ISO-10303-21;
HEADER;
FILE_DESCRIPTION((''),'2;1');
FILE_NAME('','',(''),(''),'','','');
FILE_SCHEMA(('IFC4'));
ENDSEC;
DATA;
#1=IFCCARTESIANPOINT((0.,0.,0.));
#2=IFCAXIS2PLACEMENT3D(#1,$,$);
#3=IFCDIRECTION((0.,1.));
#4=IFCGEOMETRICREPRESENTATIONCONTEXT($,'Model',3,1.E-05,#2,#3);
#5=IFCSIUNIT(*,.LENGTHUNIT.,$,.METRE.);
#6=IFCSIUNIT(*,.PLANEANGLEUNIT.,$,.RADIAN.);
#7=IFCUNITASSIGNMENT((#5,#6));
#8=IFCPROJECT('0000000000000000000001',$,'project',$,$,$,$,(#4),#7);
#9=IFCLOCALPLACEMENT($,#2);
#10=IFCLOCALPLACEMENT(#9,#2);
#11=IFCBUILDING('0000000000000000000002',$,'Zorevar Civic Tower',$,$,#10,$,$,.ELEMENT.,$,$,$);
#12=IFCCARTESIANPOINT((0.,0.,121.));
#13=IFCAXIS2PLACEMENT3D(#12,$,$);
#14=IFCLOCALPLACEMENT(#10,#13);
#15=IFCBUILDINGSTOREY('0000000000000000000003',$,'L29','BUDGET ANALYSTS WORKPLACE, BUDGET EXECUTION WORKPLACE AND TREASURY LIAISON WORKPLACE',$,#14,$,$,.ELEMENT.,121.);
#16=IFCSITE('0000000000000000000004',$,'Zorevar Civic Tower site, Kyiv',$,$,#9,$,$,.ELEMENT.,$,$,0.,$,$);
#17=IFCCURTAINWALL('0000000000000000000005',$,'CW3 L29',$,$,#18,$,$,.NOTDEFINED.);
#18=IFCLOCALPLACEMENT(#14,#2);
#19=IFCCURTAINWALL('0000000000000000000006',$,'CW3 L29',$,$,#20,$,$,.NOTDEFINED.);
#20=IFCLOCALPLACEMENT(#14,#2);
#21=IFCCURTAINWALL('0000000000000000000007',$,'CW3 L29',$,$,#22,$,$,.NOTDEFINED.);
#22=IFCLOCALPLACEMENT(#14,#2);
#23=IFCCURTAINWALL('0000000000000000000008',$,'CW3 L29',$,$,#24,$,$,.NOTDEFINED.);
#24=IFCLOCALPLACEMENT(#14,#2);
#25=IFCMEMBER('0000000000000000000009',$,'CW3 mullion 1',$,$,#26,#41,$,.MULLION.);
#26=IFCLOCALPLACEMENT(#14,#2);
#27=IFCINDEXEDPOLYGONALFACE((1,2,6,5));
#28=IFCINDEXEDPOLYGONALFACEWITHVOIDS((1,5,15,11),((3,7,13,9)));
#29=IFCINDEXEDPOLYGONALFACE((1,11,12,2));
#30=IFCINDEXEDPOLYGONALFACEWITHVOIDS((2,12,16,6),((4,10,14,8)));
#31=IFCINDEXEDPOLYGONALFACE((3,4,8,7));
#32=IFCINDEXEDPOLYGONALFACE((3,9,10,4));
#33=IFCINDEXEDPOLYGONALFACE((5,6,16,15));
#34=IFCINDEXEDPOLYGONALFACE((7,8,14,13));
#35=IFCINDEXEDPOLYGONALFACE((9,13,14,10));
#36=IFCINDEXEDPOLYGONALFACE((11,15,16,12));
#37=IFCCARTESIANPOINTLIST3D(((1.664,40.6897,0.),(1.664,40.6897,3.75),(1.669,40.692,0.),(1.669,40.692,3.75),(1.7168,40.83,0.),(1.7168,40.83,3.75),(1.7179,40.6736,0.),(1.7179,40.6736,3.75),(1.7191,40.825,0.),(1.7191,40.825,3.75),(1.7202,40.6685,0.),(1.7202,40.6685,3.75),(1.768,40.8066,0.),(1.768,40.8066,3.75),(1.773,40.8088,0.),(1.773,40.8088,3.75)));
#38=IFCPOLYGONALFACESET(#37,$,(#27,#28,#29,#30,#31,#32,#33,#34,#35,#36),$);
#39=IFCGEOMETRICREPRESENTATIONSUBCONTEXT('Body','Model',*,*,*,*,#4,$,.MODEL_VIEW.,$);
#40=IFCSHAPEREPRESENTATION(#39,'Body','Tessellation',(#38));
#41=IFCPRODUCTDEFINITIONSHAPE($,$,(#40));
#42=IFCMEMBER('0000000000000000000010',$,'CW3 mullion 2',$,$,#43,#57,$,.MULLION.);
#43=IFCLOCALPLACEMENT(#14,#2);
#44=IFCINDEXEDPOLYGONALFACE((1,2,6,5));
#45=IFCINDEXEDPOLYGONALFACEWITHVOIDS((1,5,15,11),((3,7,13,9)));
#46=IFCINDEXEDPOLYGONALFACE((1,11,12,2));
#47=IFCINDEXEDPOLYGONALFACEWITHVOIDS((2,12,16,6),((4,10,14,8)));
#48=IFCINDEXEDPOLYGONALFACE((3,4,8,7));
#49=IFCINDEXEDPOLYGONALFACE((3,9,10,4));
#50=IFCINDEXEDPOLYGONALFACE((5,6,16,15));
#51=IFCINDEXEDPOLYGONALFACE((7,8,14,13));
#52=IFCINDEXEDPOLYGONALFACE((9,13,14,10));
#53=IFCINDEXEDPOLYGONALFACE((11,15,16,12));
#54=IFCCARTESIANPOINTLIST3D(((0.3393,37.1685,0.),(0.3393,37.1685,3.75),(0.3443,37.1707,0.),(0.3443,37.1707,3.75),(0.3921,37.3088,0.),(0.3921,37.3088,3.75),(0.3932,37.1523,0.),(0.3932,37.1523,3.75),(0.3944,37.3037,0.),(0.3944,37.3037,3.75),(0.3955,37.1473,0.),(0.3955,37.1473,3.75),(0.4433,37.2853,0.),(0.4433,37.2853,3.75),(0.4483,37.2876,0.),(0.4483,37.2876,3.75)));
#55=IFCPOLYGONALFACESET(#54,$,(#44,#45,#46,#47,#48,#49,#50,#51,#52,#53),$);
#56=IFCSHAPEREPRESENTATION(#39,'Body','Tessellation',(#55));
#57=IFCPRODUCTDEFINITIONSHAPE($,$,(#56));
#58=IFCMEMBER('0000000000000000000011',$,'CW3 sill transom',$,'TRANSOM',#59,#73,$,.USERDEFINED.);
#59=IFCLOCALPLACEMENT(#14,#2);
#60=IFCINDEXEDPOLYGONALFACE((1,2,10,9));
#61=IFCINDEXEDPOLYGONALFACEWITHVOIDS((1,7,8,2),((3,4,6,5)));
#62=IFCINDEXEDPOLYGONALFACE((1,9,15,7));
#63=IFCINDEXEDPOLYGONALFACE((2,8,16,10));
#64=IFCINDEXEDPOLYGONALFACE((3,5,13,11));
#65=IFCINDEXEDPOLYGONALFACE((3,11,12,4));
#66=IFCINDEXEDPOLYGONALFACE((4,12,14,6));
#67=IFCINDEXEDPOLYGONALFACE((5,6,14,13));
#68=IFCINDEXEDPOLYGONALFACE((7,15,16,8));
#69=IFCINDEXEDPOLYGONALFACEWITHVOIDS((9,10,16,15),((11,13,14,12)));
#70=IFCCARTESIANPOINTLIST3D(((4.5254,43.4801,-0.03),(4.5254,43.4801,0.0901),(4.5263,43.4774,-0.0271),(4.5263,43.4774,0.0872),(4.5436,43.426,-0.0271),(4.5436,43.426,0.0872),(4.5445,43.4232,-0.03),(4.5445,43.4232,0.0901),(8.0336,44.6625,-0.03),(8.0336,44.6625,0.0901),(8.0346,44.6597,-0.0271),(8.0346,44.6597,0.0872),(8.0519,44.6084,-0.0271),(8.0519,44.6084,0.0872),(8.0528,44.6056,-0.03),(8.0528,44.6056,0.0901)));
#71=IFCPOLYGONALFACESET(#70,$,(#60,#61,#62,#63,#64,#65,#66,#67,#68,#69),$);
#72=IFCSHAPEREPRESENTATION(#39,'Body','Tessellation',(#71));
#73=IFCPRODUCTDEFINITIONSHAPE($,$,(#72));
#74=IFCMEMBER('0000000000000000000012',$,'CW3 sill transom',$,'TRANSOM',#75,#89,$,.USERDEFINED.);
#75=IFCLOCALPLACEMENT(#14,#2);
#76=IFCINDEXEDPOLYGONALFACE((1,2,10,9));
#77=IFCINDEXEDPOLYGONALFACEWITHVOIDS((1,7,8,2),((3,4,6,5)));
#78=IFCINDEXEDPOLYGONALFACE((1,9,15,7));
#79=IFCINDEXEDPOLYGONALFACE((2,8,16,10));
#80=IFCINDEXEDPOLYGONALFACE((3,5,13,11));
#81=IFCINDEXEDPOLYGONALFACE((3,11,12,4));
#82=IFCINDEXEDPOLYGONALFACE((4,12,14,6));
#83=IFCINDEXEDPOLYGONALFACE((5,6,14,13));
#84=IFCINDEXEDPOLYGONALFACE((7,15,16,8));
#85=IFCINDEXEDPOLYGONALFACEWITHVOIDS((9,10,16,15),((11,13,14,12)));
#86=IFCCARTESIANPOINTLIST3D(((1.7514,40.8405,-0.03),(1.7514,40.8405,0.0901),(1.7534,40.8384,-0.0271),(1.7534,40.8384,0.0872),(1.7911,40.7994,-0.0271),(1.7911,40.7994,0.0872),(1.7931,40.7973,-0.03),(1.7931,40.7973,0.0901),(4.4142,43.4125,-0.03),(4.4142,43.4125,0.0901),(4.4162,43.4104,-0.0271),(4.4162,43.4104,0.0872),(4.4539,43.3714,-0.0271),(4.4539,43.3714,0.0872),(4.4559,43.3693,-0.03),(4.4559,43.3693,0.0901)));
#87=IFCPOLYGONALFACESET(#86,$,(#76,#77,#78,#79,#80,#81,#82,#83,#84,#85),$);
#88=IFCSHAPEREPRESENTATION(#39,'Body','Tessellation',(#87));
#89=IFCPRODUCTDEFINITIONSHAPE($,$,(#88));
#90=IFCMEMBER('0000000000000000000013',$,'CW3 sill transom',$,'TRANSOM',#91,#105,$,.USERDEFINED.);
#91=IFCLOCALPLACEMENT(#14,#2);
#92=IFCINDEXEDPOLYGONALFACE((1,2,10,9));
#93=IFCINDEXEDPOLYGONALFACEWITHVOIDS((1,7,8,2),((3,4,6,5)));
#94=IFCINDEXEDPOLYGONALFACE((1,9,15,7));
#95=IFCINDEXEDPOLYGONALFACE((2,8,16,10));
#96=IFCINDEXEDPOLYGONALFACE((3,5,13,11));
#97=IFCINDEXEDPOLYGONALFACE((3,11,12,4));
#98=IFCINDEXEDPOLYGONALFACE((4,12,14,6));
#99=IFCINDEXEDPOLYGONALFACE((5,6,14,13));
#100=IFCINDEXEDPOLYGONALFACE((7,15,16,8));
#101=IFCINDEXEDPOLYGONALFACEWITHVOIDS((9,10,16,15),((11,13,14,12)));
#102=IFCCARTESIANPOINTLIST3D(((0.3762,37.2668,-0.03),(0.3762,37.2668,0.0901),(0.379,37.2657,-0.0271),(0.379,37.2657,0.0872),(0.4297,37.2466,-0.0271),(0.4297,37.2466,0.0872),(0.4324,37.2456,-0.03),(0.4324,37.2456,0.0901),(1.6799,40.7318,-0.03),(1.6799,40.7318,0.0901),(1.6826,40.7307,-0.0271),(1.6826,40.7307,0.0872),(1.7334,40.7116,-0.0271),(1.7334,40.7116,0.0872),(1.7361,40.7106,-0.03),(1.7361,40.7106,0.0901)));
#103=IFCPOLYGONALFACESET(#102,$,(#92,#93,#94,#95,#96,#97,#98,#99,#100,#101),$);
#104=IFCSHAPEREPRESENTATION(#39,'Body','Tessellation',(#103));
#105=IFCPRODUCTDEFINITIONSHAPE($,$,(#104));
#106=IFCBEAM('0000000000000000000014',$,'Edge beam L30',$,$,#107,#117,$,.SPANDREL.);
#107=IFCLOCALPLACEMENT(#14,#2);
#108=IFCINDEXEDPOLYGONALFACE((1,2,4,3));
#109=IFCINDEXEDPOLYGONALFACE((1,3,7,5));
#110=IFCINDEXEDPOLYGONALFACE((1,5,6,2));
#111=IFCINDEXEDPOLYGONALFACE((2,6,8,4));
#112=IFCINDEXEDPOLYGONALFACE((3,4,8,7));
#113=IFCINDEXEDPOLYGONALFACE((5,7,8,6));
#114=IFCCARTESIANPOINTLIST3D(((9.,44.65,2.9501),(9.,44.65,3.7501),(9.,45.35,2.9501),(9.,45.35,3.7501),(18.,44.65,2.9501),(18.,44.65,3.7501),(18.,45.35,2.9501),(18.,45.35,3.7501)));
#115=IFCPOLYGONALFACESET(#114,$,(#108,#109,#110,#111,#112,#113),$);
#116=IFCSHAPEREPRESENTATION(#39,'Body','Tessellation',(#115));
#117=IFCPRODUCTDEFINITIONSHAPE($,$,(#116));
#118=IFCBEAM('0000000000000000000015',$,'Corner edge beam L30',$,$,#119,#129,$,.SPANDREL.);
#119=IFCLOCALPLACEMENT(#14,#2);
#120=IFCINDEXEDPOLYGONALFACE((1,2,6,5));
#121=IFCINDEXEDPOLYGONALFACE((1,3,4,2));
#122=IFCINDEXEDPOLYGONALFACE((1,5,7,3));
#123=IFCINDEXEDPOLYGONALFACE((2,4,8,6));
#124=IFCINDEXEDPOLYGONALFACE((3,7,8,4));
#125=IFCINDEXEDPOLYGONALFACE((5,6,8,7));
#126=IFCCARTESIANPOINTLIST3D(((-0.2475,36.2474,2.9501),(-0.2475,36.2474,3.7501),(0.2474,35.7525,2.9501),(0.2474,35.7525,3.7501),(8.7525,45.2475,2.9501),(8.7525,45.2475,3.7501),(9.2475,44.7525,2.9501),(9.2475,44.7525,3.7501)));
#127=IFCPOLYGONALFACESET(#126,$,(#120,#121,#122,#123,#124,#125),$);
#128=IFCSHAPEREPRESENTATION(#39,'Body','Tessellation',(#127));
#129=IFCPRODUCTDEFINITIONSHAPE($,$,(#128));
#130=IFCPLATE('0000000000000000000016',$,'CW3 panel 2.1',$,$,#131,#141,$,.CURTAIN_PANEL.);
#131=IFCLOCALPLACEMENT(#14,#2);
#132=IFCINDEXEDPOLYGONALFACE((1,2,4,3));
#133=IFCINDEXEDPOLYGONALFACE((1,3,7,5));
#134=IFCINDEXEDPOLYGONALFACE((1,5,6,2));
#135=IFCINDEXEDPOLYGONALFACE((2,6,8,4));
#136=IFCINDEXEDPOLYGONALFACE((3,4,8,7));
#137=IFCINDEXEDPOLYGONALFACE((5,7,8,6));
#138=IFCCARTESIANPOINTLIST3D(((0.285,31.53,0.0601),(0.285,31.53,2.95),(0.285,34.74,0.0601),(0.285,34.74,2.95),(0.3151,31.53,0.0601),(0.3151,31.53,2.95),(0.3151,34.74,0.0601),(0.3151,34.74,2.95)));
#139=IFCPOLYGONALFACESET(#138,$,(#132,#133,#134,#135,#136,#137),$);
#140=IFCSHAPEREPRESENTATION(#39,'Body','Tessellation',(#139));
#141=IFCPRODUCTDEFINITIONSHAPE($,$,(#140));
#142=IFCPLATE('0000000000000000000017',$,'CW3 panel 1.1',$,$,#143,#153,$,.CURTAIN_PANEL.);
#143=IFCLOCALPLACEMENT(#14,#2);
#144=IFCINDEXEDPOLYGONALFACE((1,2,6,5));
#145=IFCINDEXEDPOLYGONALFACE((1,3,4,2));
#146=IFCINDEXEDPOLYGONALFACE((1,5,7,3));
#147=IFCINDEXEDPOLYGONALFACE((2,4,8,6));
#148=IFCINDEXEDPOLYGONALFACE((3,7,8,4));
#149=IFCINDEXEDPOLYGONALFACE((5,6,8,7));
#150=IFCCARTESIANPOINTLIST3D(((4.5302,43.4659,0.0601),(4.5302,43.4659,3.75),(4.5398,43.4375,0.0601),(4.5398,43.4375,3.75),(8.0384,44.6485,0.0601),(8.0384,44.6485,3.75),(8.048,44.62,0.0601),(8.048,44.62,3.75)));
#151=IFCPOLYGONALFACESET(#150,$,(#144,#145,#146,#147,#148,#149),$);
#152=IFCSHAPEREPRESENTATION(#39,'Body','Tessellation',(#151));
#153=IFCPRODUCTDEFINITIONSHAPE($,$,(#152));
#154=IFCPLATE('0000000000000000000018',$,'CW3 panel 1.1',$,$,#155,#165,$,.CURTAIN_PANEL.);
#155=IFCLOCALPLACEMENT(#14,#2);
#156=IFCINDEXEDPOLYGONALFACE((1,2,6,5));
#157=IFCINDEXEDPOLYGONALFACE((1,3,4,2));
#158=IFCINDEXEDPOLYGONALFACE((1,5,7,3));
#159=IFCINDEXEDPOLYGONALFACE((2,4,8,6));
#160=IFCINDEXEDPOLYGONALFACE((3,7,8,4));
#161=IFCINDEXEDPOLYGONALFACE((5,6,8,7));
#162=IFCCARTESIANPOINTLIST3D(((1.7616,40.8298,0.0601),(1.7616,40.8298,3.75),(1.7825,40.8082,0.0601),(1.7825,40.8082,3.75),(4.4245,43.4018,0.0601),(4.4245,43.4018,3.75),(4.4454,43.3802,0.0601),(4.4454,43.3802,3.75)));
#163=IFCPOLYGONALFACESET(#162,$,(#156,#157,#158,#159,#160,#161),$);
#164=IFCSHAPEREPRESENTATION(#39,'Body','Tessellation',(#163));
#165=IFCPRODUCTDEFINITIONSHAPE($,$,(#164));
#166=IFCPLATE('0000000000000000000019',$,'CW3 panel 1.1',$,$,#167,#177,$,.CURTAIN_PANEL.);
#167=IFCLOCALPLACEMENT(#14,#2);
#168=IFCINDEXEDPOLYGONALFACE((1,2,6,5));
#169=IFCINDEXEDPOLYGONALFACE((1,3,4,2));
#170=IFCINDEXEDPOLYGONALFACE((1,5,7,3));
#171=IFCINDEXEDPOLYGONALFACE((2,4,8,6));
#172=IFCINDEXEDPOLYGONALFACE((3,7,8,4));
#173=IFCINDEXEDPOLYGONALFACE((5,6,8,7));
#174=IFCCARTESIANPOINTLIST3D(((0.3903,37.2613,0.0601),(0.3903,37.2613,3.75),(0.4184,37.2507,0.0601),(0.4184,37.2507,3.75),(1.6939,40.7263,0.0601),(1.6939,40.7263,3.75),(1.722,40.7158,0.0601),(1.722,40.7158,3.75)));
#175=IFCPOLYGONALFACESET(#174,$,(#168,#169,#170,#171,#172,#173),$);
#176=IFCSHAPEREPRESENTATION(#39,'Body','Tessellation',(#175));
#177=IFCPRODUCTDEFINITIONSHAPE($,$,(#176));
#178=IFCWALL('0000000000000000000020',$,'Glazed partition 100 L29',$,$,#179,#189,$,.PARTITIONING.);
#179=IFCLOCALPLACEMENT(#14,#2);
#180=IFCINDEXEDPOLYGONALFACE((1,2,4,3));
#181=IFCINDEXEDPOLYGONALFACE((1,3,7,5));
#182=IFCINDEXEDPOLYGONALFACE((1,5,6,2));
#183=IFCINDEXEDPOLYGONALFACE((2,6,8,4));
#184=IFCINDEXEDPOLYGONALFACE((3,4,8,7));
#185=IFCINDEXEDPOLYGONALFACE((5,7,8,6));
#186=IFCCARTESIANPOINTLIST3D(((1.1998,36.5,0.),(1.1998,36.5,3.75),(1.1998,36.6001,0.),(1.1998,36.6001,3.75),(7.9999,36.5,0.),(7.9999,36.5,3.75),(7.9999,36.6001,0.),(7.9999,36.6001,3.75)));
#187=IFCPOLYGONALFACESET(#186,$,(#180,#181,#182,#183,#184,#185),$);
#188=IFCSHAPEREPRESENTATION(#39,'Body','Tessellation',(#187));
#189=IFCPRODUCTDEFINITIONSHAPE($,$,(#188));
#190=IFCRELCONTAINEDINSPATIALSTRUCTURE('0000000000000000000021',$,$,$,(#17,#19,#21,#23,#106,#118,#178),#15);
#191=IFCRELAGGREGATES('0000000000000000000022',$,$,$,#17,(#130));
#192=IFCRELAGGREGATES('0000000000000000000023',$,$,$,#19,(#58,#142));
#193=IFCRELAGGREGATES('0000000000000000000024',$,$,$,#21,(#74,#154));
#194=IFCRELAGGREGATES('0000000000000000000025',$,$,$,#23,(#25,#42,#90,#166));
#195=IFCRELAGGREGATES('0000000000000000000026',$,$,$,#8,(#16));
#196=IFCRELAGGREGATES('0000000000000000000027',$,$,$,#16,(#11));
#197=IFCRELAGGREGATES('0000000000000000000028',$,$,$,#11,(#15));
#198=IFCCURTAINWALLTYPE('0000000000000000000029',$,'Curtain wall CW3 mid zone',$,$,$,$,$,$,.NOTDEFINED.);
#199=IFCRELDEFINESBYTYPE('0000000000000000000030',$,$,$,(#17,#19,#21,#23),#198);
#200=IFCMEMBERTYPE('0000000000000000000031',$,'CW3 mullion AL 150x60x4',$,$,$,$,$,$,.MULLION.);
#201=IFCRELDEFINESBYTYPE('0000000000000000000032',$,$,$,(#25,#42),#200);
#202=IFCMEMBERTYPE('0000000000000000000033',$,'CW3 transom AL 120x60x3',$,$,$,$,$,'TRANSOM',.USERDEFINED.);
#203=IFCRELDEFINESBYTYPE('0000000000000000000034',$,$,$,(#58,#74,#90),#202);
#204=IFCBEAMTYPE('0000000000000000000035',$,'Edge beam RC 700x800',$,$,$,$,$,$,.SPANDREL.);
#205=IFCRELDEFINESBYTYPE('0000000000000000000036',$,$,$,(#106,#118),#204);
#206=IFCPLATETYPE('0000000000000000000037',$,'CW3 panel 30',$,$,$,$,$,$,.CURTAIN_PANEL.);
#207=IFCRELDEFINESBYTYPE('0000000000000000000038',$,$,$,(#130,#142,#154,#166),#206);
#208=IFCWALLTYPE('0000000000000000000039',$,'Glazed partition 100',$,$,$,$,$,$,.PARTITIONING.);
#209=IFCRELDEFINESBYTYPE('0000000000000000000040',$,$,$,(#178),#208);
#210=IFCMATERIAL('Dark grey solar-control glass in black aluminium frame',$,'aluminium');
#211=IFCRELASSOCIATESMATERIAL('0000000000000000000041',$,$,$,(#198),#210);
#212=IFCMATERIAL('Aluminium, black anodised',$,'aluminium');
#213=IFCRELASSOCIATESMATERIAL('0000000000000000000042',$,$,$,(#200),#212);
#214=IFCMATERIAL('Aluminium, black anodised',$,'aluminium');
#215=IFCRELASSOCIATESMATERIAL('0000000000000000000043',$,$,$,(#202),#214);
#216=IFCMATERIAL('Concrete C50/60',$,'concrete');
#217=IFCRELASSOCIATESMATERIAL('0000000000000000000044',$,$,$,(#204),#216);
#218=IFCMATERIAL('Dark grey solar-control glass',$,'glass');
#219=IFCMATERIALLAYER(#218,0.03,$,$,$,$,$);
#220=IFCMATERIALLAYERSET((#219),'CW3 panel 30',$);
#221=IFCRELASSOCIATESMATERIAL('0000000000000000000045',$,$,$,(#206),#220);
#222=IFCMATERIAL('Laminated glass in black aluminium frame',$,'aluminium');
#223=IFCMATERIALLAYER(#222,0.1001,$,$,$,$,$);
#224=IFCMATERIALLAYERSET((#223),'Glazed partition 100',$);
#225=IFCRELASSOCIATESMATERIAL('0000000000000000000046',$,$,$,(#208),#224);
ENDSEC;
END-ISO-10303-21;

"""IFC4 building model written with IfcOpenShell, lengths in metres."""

from ifc_helpers import new_model, si_unit, direction, frame, frame_2d, origin, origin_2d, place, context, subcontext, project, spatial, rectangle, hollow_rectangle, extrude, material, layer, layer_set, material_profile, profile_set, type_object, element, aggregate, save


model = new_model("IFC4")

# Units and contexts
model_context = context("Model", 3, precision=1e-05, world=origin(), true_north=direction((0.0, 1.0)))
body_context = subcontext(model_context, "Body", "Model", "MODEL_VIEW")
ifc_project = project(units=[si_unit("LENGTHUNIT", "METRE"), si_unit("PLANEANGLEUNIT", "RADIAN")], contexts=[model_context])

# Site, building, storey
site_placement = place(None, origin())
site = spatial("IfcSite", under=ifc_project, at=site_placement, Name="Zorevar Civic Tower site, Kyiv", CompositionType="ELEMENT", RefElevation=0.0)
building_placement = place(site_placement, origin())
building = spatial("IfcBuilding", under=site, at=building_placement, Name="Zorevar Civic Tower", CompositionType="ELEMENT")
storey_placement = place(building_placement, frame((0.0, 0.0, 121.0)))
storey = spatial("IfcBuildingStorey", under=building, at=storey_placement, Name="L29", Description="BUDGET ANALYSTS WORKPLACE, BUDGET EXECUTION WORKPLACE AND TREASURY LIAISON WORKPLACE", CompositionType="ELEMENT", Elevation=121.0)

# Curtain wall
ifc_material_1 = material(Name="Dark grey solar-control glass in black aluminium frame", Category="aluminium")
curtain_wall_type = type_object("IfcCurtainWallType", Name="Curtain wall CW3 mid zone", PredefinedType="NOTDEFINED", material=ifc_material_1)
curtain_wall_1_placement = place(storey_placement, origin())
curtain_wall_1 = element("IfcCurtainWall", 1, at=curtain_wall_1_placement, inside=storey, type_object=curtain_wall_type, Name="CW3 L29", PredefinedType="NOTDEFINED")
ifc_material_2 = material(Name="Aluminium, black anodised", Category="aluminium")
ifc_material_profile_1 = material_profile(ifc_material_2, hollow_rectangle(XDim=0.0601, YDim=0.1499, WallThickness=0.0039, at=origin_2d()), Name="AL 150x60x4")
ifc_profile_set_1 = profile_set([ifc_material_profile_1], Name="Aluminium, black anodised")
member_type_1 = type_object("IfcMemberType", Name="CW3 mullion AL 150x60x4", PredefinedType="MULLION", material=ifc_profile_set_1)

# Curtain walls, members
curtain_wall_2_placement = place(storey_placement, origin())
curtain_wall_2 = element("IfcCurtainWall", 2, at=curtain_wall_2_placement, inside=storey, type_object=curtain_wall_type, Name="CW3 L29", PredefinedType="NOTDEFINED")
curtain_wall_3_placement = place(storey_placement, origin())
curtain_wall_3 = element("IfcCurtainWall", 3, at=curtain_wall_3_placement, inside=storey, type_object=curtain_wall_type, Name="CW3 L29", PredefinedType="NOTDEFINED")
curtain_wall_4_placement = place(storey_placement, origin())
curtain_wall_4 = element("IfcCurtainWall", 4, at=curtain_wall_4_placement, inside=storey, type_object=curtain_wall_type, Name="CW3 L29", PredefinedType="NOTDEFINED")
member_1_placement = place(storey_placement, frame((1.7185, 40.7493, 0.0), z_axis=(0.0, 0.0, 1.0), x_axis=(0.935951, -0.352132, 0.0)))
member_1 = element("IfcMember", 5, at=member_1_placement, type_object=member_type_1, Name="CW3 mullion 1", PredefinedType="MULLION", context=body_context, shape_type="SweptSolid", body=[
    extrude(hollow_rectangle(XDim=0.0601, YDim=0.1499, WallThickness=0.0039, at=origin_2d()), origin(), (0.0, 0.0, 1.0), 3.75),
])
member_2_placement = place(storey_placement, frame((0.3938, 37.228, 0.0), z_axis=(0.0, 0.0, 1.0), x_axis=(0.935951, -0.352132, 0.0)))
member_2 = element("IfcMember", 6, at=member_2_placement, type_object=member_type_1, Name="CW3 mullion 2", PredefinedType="MULLION", context=body_context, shape_type="SweptSolid", body=[
    extrude(hollow_rectangle(XDim=0.0601, YDim=0.1499, WallThickness=0.0039, at=origin_2d()), origin(), (0.0, 0.0, 1.0), 3.75),
])

# Members
ifc_material_3 = material(Name="Aluminium, black anodised", Category="aluminium")
ifc_material_profile_2 = material_profile(ifc_material_3, hollow_rectangle(XDim=0.0601, YDim=0.1201, WallThickness=0.0029, at=origin_2d()), Name="AL 120x60x3")
ifc_profile_set_2 = profile_set([ifc_material_profile_2], Name="Aluminium, black anodised")
member_type_2 = type_object("IfcMemberType", Name="CW3 transom AL 120x60x3", ElementType="TRANSOM", PredefinedType="USERDEFINED", material=ifc_profile_set_2)
member_3_placement = place(storey_placement, frame((8.0432, 44.634, 0.03), z_axis=(-0.94763, -0.319372, 0.0), x_axis=(0.319372, -0.94763, 0.0)))
member_3 = element("IfcMember", 7, at=member_3_placement, type_object=member_type_2, Name="CW3 sill transom", ObjectType="TRANSOM", PredefinedType="USERDEFINED", context=body_context, shape_type="SweptSolid", body=[
    extrude(hollow_rectangle(XDim=0.0601, YDim=0.1201, WallThickness=0.0029, at=origin_2d()), origin(), (0.0, 0.0, 1.0), 3.7021),
])
member_4_placement = place(storey_placement, frame((4.4351, 43.3909, 0.03), z_axis=(-0.719266, -0.694735, 0.0), x_axis=(0.694735, -0.719266, 0.0)))
member_4 = element("IfcMember", 8, at=member_4_placement, type_object=member_type_2, Name="CW3 sill transom", ObjectType="TRANSOM", PredefinedType="USERDEFINED", context=body_context, shape_type="SweptSolid", body=[
    extrude(hollow_rectangle(XDim=0.0601, YDim=0.1201, WallThickness=0.0029, at=origin_2d()), origin(), (0.0, 0.0, 1.0), 3.7021),
])
member_5_placement = place(storey_placement, frame((1.708, 40.7212, 0.03), z_axis=(-0.352142, -0.935947, 0.0), x_axis=(0.935947, -0.352142, 0.0)))
member_5 = element("IfcMember", 9, at=member_5_placement, type_object=member_type_2, Name="CW3 sill transom", ObjectType="TRANSOM", PredefinedType="USERDEFINED", context=body_context, shape_type="SweptSolid", body=[
    extrude(hollow_rectangle(XDim=0.0601, YDim=0.1201, WallThickness=0.0029, at=origin_2d()), origin(), (0.0, 0.0, 1.0), 3.7021),
])

# Beams
ifc_material_4 = material(Name="Concrete C50/60", Category="concrete")
ifc_material_profile_3 = material_profile(ifc_material_4, rectangle(XDim=0.7, YDim=0.8, at=origin_2d()), Name="RC 700x800")
ifc_profile_set_3 = profile_set([ifc_material_profile_3], Name="Concrete C50/60")
beam_type_1 = type_object("IfcBeamType", Name="Edge beam RC 700x800", PredefinedType="SPANDREL", material=ifc_profile_set_3)
beam_1_placement = place(storey_placement, frame((9.0, 45.0, 3.3501), z_axis=(1.0, 0.0, 0.0), x_axis=(0.0, 1.0, 0.0)))
element("IfcBeam", 10, at=beam_1_placement, inside=storey, type_object=beam_type_1, Name="Edge beam L30", PredefinedType="SPANDREL", context=body_context, shape_type="SweptSolid", body=[
    extrude(rectangle(XDim=0.7, YDim=0.8, at=origin_2d()), origin(), (0.0, 0.0, 1.0), 9.0),
])
beam_2_placement = place(storey_placement, frame((9.0, 45.0, 3.3501), z_axis=(-0.707107, -0.707107, 0.0), x_axis=(0.707107, -0.707107, 0.0)))
element("IfcBeam", 11, at=beam_2_placement, inside=storey, type_object=beam_type_1, Name="Corner edge beam L30", PredefinedType="SPANDREL", context=body_context, shape_type="SweptSolid", body=[
    extrude(rectangle(XDim=0.7, YDim=0.8, at=origin_2d()), origin(), (0.0, 0.0, 1.0), 12.728),
])

# Plates
ifc_material_5 = material(Name="Dark grey solar-control glass", Category="glass")
ifc_layer_1 = layer(ifc_material_5, 0.03)
ifc_layer_set_1 = layer_set([ifc_layer_1], Name="CW3 panel 30")
plate_type = type_object("IfcPlateType", Name="CW3 panel 30", PredefinedType="CURTAIN_PANEL", material=ifc_layer_set_1)
plate_1_placement = place(storey_placement, frame((0.3, 33.135, 0.0601), z_axis=(0.0, 0.0, 1.0), x_axis=(0.0, 1.0, 0.0)))
plate_1 = element("IfcPlate", 12, at=plate_1_placement, type_object=plate_type, Name="CW3 panel 2.1", PredefinedType="CURTAIN_PANEL", context=body_context, shape_type="SweptSolid", body=[
    extrude(rectangle(XDim=3.21, YDim=0.03, at=origin_2d()), origin(), (0.0, 0.0, 1.0), 2.8899),
])
aggregate(curtain_wall_1, [plate_1])
plate_2_placement = place(storey_placement, frame((6.2891, 44.043, 0.0601), z_axis=(0.0, 0.0, 1.0), x_axis=(-0.947616, -0.319413, 0.0)))
plate_2 = element("IfcPlate", 13, at=plate_2_placement, type_object=plate_type, Name="CW3 panel 1.1", PredefinedType="CURTAIN_PANEL", context=body_context, shape_type="SweptSolid", body=[
    extrude(rectangle(XDim=3.7021, YDim=0.03, at=origin_2d()), origin(), (0.0, 0.0, 1.0), 3.6899),
])
aggregate(curtain_wall_2, [member_3, plate_2])
plate_3_placement = place(storey_placement, frame((3.1035, 42.105, 0.0601), z_axis=(0.0, 0.0, 1.0), x_axis=(-0.719281, -0.694719, 0.0)))
plate_3 = element("IfcPlate", 14, at=plate_3_placement, type_object=plate_type, Name="CW3 panel 1.1", PredefinedType="CURTAIN_PANEL", context=body_context, shape_type="SweptSolid", body=[
    extrude(rectangle(XDim=3.7021, YDim=0.03, at=origin_2d()), origin(), (0.0, 0.0, 1.0), 3.6899),
])
aggregate(curtain_wall_3, [member_4, plate_3])
plate_4_placement = place(storey_placement, frame((1.0562, 38.9885, 0.0601), z_axis=(0.0, 0.0, 1.0), x_axis=(-0.352132, -0.935951, 0.0)))
plate_4 = element("IfcPlate", 15, at=plate_4_placement, type_object=plate_type, Name="CW3 panel 1.1", PredefinedType="CURTAIN_PANEL", context=body_context, shape_type="SweptSolid", body=[
    extrude(rectangle(XDim=3.7021, YDim=0.03, at=origin_2d()), origin(), (0.0, 0.0, 1.0), 3.6899),
])
aggregate(curtain_wall_4, [member_1, member_2, member_5, plate_4])

# Wall
ifc_material_6 = material(Name="Laminated glass in black aluminium frame", Category="aluminium")
ifc_layer_2 = layer(ifc_material_6, 0.1001)
ifc_layer_set_2 = layer_set([ifc_layer_2], Name="Glazed partition 100")
wall_type = type_object("IfcWallType", Name="Glazed partition 100", PredefinedType="PARTITIONING", material=ifc_layer_set_2)
wall_placement = place(storey_placement, frame((1.2, 36.55, 0.0), z_axis=(0.0, 0.0, 1.0), x_axis=(1.0, 0.0, 0.0)))
element("IfcWall", 16, at=wall_placement, inside=storey, type_object=wall_type, Name="Glazed partition 100 L29", PredefinedType="PARTITIONING", context=body_context, shape_type="SweptSolid", body=[
    extrude(rectangle(XDim=6.8, YDim=0.1001, at=frame_2d((3.3999, 0.0))), origin(), (0.0, 0.0, 1.0), 3.75),
])

save(model, "model.ifc")
